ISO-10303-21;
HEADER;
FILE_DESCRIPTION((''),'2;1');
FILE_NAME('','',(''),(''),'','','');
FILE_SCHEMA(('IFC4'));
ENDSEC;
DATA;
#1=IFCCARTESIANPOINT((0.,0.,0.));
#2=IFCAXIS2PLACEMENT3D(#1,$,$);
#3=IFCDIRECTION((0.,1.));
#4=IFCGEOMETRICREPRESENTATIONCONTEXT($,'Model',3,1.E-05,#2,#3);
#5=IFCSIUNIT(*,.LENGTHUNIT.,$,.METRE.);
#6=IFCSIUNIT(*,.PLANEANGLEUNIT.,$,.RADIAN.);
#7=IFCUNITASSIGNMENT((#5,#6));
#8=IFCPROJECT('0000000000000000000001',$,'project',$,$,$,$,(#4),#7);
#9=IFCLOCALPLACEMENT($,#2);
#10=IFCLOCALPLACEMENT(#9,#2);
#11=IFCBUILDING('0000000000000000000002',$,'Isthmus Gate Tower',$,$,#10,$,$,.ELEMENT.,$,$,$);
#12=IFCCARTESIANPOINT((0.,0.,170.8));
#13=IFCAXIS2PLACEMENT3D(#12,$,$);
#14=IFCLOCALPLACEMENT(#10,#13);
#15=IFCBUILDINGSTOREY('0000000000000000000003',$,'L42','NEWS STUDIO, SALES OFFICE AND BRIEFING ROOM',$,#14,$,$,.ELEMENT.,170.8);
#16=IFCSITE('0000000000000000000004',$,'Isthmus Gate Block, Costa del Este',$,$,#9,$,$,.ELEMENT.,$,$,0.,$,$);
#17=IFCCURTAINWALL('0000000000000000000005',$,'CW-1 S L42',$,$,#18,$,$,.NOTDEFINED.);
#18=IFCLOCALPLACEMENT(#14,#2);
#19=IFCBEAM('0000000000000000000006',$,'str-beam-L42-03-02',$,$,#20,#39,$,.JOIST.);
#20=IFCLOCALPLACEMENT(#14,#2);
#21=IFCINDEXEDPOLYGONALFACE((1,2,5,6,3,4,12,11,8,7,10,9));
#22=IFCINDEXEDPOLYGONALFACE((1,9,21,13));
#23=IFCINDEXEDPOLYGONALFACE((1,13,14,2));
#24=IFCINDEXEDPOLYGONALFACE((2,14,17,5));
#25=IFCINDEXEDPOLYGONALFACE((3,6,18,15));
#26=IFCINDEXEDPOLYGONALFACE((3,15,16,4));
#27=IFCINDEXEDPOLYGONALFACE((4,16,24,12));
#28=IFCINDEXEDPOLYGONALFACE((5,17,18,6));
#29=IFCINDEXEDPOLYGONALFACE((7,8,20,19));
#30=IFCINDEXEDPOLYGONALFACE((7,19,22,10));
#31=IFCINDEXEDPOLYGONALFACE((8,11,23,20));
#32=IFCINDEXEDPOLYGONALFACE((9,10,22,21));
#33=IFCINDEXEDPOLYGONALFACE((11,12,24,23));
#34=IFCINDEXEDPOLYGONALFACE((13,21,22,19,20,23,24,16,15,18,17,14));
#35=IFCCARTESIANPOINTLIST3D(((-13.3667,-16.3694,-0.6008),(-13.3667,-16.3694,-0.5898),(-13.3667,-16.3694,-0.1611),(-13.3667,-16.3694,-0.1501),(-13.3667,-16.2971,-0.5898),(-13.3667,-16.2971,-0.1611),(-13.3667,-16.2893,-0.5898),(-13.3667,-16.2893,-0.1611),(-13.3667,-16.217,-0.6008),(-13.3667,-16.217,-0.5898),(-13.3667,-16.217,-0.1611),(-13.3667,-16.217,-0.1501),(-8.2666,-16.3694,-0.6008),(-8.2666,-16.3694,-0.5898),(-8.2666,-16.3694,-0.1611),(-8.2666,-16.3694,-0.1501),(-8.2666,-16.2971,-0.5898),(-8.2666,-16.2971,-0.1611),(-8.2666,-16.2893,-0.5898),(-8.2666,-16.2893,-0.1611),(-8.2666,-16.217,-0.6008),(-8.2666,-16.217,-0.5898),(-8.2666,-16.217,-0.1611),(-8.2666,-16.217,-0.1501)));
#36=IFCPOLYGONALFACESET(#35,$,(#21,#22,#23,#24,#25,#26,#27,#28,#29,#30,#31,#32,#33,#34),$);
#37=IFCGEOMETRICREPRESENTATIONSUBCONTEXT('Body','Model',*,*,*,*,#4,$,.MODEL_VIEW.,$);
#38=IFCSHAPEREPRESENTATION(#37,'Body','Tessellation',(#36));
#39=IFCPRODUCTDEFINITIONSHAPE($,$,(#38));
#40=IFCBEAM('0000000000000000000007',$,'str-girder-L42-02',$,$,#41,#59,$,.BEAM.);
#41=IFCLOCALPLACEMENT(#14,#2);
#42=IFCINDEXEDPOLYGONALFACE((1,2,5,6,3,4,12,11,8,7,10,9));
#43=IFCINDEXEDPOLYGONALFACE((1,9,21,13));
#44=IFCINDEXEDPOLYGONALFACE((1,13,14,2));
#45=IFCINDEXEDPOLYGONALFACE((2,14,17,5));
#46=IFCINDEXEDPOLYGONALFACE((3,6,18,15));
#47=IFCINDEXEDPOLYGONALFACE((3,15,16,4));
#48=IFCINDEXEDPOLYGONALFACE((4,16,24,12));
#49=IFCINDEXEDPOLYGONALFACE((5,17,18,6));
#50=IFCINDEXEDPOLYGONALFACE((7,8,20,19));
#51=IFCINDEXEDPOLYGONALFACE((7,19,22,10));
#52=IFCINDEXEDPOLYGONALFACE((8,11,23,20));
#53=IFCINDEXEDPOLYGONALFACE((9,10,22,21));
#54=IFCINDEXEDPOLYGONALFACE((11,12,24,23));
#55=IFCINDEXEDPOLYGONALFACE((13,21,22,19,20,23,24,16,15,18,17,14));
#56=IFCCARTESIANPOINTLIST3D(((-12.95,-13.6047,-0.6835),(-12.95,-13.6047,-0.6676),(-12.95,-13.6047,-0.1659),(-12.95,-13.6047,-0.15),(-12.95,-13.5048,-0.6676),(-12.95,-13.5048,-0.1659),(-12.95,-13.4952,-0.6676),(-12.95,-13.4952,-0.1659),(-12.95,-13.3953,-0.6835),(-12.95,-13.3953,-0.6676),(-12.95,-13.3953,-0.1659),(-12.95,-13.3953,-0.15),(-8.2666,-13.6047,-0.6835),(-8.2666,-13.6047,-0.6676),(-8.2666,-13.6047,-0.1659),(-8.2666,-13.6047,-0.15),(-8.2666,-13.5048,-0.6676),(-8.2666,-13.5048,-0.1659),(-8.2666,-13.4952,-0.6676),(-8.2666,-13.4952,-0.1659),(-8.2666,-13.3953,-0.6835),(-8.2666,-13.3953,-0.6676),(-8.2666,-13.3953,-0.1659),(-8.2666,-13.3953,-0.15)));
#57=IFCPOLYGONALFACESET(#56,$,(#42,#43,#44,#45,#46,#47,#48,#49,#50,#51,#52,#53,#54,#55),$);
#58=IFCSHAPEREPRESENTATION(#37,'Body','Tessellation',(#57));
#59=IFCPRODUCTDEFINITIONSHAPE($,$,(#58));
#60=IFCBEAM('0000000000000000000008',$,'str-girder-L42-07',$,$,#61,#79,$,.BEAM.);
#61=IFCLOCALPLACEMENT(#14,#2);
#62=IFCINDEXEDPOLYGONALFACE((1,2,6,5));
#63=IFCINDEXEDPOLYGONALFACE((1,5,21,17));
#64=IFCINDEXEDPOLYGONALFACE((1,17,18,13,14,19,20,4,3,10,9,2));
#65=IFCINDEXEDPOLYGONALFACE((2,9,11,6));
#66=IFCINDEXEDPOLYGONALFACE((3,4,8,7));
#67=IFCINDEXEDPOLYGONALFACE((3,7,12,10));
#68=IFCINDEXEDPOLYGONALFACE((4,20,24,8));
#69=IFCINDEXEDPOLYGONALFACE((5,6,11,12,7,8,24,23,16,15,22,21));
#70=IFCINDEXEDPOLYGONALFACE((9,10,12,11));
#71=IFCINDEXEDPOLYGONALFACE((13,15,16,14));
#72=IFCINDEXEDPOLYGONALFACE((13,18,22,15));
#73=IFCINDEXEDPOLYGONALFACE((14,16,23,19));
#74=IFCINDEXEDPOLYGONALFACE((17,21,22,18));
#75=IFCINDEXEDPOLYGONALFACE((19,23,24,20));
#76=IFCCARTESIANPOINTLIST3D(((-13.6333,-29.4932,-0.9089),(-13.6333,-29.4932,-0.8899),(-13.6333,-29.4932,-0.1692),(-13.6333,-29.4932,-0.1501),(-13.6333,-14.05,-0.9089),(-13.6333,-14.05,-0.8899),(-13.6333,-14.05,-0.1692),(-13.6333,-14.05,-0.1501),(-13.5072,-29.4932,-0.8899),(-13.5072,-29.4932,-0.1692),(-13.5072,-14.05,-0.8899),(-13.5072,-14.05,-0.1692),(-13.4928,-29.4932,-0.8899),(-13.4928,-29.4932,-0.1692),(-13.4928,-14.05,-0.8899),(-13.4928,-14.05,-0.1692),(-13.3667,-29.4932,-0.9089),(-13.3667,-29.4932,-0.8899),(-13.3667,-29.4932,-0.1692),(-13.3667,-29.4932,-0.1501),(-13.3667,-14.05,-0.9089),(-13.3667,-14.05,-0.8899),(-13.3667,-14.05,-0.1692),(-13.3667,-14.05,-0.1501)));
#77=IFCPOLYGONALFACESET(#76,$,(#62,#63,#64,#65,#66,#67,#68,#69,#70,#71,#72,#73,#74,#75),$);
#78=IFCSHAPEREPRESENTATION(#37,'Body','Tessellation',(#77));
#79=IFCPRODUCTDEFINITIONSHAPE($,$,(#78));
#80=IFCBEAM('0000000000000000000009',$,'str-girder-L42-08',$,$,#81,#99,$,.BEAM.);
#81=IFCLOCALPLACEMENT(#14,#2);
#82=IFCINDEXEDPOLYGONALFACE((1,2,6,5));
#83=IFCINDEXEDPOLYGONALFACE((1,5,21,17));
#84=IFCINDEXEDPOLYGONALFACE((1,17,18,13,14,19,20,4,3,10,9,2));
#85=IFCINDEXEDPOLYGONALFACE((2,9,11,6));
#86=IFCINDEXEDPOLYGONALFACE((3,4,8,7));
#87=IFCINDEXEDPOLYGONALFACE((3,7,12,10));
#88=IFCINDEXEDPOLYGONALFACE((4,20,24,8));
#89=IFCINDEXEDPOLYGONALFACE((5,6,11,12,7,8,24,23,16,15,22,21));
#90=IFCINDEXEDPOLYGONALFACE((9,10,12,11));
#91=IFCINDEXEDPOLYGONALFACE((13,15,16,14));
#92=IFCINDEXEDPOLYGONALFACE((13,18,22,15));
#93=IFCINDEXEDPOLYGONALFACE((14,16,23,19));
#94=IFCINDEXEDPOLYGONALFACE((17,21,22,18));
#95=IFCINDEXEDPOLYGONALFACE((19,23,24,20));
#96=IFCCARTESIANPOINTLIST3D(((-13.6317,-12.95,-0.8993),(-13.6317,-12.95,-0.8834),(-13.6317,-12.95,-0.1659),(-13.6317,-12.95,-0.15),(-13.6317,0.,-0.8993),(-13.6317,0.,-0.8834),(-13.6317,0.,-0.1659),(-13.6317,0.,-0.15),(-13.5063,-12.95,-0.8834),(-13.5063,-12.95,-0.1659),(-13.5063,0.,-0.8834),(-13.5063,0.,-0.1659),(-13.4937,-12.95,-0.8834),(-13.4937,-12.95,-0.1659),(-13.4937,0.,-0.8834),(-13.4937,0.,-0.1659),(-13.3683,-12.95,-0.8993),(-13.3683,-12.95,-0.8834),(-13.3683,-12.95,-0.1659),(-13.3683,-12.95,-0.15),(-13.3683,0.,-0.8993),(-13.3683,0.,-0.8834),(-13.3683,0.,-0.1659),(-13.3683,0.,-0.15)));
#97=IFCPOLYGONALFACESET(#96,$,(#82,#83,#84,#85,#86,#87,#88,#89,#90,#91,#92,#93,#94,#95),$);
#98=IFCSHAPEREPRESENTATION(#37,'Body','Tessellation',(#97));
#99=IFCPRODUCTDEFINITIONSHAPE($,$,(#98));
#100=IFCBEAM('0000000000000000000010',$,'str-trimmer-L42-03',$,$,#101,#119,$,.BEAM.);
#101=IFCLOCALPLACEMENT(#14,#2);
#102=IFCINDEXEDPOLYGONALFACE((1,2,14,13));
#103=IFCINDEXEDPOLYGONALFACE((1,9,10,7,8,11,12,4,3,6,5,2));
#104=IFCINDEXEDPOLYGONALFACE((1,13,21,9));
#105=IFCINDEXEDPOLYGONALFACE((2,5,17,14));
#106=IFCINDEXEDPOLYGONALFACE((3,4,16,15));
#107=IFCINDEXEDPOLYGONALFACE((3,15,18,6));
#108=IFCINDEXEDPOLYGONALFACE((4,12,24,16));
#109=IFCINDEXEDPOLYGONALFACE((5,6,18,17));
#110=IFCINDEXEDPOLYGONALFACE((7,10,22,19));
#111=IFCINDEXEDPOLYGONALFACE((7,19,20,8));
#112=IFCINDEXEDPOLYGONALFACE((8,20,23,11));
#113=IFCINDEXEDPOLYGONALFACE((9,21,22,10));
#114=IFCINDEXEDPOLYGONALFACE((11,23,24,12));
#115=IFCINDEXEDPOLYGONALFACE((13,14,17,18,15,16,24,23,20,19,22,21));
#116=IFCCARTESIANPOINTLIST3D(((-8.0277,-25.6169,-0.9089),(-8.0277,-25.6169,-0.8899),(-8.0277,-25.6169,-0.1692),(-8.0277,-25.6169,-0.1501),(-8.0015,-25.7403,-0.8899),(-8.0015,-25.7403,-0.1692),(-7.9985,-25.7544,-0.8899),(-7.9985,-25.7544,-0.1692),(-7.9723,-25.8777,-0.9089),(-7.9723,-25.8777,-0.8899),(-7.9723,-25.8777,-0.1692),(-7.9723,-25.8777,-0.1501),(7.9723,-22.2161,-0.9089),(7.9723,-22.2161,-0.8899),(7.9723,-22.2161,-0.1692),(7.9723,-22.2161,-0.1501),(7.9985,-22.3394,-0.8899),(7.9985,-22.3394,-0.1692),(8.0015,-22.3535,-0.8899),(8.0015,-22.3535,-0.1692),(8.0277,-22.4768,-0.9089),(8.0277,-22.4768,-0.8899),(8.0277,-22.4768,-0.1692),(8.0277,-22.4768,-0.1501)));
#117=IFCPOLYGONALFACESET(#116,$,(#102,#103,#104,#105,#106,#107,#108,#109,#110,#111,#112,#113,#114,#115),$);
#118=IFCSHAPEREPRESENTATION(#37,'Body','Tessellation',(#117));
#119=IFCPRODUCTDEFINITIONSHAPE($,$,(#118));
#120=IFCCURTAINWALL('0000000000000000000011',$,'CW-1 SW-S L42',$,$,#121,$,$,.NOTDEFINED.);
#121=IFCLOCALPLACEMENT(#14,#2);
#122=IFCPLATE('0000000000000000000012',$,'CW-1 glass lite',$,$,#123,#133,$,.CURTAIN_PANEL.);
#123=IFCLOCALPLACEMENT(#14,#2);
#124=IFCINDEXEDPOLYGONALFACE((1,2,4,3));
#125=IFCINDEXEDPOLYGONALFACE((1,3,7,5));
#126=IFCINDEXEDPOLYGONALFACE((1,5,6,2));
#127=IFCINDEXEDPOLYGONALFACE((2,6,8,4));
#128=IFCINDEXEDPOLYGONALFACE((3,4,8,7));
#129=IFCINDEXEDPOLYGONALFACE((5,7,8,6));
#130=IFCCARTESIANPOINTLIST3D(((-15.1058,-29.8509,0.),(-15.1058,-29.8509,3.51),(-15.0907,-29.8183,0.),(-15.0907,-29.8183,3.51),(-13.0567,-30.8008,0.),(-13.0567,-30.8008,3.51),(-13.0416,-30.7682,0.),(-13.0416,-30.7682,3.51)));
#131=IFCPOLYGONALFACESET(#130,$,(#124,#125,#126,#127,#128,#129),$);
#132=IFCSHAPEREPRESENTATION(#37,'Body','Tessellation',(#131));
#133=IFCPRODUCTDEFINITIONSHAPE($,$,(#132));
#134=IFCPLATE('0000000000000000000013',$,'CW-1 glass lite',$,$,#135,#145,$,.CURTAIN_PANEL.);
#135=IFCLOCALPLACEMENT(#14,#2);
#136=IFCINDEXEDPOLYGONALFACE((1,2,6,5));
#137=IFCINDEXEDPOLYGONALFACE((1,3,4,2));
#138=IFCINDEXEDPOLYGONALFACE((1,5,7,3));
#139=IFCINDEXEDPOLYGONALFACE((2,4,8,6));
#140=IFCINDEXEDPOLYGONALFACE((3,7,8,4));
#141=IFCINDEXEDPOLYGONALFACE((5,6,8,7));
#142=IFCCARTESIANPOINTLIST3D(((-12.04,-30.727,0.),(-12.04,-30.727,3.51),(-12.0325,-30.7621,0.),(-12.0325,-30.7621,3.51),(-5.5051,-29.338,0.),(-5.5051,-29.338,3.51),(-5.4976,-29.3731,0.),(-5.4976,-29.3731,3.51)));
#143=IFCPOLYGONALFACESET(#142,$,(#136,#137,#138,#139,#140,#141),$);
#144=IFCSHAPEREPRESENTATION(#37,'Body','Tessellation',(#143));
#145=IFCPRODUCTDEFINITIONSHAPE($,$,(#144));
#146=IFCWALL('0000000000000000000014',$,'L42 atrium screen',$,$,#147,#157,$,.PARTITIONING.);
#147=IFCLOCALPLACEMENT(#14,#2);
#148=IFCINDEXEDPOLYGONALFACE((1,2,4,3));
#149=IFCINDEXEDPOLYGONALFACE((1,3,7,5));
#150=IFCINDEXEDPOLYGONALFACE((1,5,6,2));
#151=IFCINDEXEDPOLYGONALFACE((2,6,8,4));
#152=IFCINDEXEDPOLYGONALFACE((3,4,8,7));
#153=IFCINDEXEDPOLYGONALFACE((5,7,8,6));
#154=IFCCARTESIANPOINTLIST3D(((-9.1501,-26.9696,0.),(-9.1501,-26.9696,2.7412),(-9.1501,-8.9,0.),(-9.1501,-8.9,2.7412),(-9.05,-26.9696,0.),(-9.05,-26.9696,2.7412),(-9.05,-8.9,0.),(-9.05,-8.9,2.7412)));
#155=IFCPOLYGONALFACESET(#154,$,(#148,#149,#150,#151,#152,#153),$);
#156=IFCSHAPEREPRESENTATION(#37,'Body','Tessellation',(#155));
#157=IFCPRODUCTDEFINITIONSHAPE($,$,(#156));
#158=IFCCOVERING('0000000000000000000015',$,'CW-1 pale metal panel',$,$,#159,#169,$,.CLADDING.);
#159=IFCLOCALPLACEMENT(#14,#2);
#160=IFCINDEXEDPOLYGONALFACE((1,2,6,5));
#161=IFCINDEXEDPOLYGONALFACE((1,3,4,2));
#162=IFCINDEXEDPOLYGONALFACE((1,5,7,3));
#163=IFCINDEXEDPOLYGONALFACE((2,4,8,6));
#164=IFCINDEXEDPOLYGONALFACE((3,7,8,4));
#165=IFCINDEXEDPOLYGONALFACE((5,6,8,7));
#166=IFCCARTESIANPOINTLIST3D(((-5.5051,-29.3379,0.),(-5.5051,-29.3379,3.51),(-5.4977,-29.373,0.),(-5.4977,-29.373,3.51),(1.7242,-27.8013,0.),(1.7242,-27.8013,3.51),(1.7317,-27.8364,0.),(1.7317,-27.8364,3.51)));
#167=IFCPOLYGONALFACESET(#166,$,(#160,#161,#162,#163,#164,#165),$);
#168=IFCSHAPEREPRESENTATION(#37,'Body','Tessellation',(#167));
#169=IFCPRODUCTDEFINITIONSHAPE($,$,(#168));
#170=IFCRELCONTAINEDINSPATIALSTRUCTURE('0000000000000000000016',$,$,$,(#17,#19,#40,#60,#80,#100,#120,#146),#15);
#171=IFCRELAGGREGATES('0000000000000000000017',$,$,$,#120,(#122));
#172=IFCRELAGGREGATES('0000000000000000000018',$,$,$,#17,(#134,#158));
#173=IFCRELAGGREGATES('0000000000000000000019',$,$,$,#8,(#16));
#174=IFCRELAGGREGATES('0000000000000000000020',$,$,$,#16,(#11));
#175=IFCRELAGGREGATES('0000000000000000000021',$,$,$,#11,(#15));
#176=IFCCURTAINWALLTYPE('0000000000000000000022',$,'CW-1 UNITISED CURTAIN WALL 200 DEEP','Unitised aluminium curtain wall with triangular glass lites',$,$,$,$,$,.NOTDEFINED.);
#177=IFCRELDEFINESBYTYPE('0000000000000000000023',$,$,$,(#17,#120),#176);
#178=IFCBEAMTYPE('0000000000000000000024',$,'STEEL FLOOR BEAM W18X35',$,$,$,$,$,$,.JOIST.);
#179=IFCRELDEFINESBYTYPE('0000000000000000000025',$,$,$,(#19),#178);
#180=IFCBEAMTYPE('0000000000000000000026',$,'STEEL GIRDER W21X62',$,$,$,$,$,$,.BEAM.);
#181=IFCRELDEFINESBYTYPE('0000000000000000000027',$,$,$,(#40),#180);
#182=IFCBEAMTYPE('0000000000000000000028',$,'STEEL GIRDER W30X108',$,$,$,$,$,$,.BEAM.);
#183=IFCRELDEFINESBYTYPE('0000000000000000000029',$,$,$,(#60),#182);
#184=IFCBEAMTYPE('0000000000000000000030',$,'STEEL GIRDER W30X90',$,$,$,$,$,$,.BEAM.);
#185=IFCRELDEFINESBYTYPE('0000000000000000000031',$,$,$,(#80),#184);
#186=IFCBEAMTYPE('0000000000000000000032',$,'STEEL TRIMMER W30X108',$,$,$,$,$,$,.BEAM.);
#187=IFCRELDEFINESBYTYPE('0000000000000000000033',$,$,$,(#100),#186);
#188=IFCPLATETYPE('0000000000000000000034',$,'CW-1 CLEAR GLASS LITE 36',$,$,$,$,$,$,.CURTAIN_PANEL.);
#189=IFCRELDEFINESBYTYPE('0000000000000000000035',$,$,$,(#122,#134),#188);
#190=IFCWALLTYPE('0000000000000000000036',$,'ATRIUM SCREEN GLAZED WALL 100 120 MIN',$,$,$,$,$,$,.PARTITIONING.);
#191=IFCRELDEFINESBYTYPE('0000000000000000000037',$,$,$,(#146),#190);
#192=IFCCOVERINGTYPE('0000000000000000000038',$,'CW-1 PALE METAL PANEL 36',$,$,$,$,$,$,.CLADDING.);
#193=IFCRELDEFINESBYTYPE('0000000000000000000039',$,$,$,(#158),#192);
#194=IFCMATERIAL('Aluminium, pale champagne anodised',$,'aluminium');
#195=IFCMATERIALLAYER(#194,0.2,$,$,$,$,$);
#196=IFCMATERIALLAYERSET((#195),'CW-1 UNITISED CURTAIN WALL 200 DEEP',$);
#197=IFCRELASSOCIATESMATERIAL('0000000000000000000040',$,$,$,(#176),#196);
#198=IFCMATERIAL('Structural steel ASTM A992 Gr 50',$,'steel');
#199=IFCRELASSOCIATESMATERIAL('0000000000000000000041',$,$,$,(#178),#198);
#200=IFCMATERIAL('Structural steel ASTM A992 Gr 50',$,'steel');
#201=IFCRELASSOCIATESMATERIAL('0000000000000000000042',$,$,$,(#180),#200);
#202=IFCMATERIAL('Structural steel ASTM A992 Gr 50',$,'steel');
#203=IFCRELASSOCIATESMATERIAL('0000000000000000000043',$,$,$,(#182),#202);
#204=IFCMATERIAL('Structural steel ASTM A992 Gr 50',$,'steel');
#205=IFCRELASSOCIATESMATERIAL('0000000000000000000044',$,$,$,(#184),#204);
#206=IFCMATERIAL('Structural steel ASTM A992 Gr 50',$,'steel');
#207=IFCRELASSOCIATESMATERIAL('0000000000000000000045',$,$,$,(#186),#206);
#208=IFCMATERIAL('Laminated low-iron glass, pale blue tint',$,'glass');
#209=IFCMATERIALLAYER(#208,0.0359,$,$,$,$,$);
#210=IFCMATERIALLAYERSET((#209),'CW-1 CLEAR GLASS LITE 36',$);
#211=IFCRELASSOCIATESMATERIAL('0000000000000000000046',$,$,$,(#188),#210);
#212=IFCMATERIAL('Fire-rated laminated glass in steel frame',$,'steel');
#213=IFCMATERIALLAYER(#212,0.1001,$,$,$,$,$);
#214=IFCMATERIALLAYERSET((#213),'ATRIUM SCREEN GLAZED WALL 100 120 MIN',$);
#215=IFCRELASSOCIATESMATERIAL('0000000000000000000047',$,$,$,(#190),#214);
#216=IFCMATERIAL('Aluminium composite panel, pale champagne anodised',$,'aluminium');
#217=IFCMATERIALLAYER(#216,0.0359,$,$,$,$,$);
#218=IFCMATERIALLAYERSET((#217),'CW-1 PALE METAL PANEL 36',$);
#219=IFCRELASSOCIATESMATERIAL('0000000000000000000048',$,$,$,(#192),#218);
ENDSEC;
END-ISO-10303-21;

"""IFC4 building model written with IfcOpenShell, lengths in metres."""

from ifc_helpers import new_model, si_unit, direction, frame, frame_2d, origin, origin_2d, place, context, subcontext, project, spatial, rectangle, i_section, extrude, material, layer, layer_set, material_profile, profile_set, type_object, element, aggregate, save


model = new_model("IFC4")

# Units and contexts
model_context = context("Model", 3, precision=1e-05, world=origin(), true_north=direction((0.0, 1.0)))
body_context = subcontext(model_context, "Body", "Model", "MODEL_VIEW")
ifc_project = project(units=[si_unit("LENGTHUNIT", "METRE"), si_unit("PLANEANGLEUNIT", "RADIAN")], contexts=[model_context])

# Site, building, storey
site_placement = place(None, origin())
site = spatial("IfcSite", under=ifc_project, at=site_placement, Name="Isthmus Gate Block, Costa del Este", CompositionType="ELEMENT", RefElevation=0.0)
building_placement = place(site_placement, origin())
building = spatial("IfcBuilding", under=site, at=building_placement, Name="Isthmus Gate Tower", CompositionType="ELEMENT")
storey_placement = place(building_placement, frame((0.0, 0.0, 170.8)))
storey = spatial("IfcBuildingStorey", under=building, at=storey_placement, Name="L42", Description="NEWS STUDIO, SALES OFFICE AND BRIEFING ROOM", CompositionType="ELEMENT", Elevation=170.8)

# Curtain wall
ifc_material_1 = material(Name="Aluminium, pale champagne anodised", Category="aluminium")
ifc_layer_1 = layer(ifc_material_1, 0.2)
ifc_layer_set_1 = layer_set([ifc_layer_1], Name="CW-1 UNITISED CURTAIN WALL 200 DEEP")
curtain_wall_type = type_object("IfcCurtainWallType", Name="CW-1 UNITISED CURTAIN WALL 200 DEEP", Description="Unitised aluminium curtain wall with triangular glass lites", PredefinedType="NOTDEFINED", material=ifc_layer_set_1)
curtain_wall_1_placement = place(storey_placement, origin())
curtain_wall_1 = element("IfcCurtainWall", 1, at=curtain_wall_1_placement, inside=storey, type_object=curtain_wall_type, Name="CW-1 S L42", PredefinedType="NOTDEFINED")

# Beams
ifc_material_2 = material(Name="Structural steel ASTM A992 Gr 50", Category="steel")
ifc_material_profile_1 = material_profile(ifc_material_2, i_section(OverallWidth=0.1523, OverallDepth=0.4507, WebThickness=0.0078, FlangeThickness=0.011, at=origin_2d()), Name="W18X35")
ifc_profile_set_1 = profile_set([ifc_material_profile_1], Name="Structural steel ASTM A992 Gr 50")
beam_type_1 = type_object("IfcBeamType", Name="STEEL FLOOR BEAM W18X35", PredefinedType="JOIST", material=ifc_profile_set_1)
for number, where, z_axis, x_axis, name in (
    (2, (-13.3667, -16.2932, -0.3755), (1.0, 0.0, 0.0), (0.0, 1.0, 0.0), "str-beam-L42-03-02"),
):
    element("IfcBeam", number, at=place(storey_placement, frame(where, z_axis=z_axis, x_axis=x_axis)), inside=storey, type_object=beam_type_1, Name=name, PredefinedType="JOIST", context=body_context, shape_type="SweptSolid", body=[
        extrude(i_section(OverallWidth=0.1523, OverallDepth=0.4507, WebThickness=0.0078, FlangeThickness=0.011, at=origin_2d()), origin(), (0.0, 0.0, 1.0), 5.1001),
    ])
ifc_material_3 = material(Name="Structural steel ASTM A992 Gr 50", Category="steel")
ifc_material_profile_2 = material_profile(ifc_material_3, i_section(OverallWidth=0.2095, OverallDepth=0.5334, WebThickness=0.0095, FlangeThickness=0.0159, at=origin_2d()), Name="W21X62")
ifc_profile_set_2 = profile_set([ifc_material_profile_2], Name="Structural steel ASTM A992 Gr 50")
beam_type_2 = type_object("IfcBeamType", Name="STEEL GIRDER W21X62", PredefinedType="BEAM", material=ifc_profile_set_2)
beam_1_placement = place(storey_placement, frame((-12.95, -13.5, -0.4167), z_axis=(1.0, 0.0, 0.0), x_axis=(0.0, 1.0, 0.0)))
element("IfcBeam", 3, at=beam_1_placement, inside=storey, type_object=beam_type_2, Name="str-girder-L42-02", PredefinedType="BEAM", context=body_context, shape_type="SweptSolid", body=[
    extrude(i_section(OverallWidth=0.2095, OverallDepth=0.5334, WebThickness=0.0095, FlangeThickness=0.0159, at=origin_2d()), origin(), (0.0, 0.0, 1.0), 4.6833),
])
ifc_material_4 = material(Name="Structural steel ASTM A992 Gr 50", Category="steel")
ifc_material_profile_3 = material_profile(ifc_material_4, i_section(OverallWidth=0.2666, OverallDepth=0.7588, WebThickness=0.0144, FlangeThickness=0.019, at=origin_2d()), Name="W30X108")
ifc_profile_set_3 = profile_set([ifc_material_profile_3], Name="Structural steel ASTM A992 Gr 50")
beam_type_3 = type_object("IfcBeamType", Name="STEEL GIRDER W30X108", PredefinedType="BEAM", material=ifc_profile_set_3)
beam_2_placement = place(storey_placement, frame((-13.5, -29.4932, -0.5295), z_axis=(0.0, 1.0, 0.0), x_axis=(-1.0, 0.0, 0.0)))
element("IfcBeam", 4, at=beam_2_placement, inside=storey, type_object=beam_type_3, Name="str-girder-L42-07", PredefinedType="BEAM", context=body_context, shape_type="SweptSolid", body=[
    extrude(i_section(OverallWidth=0.2666, OverallDepth=0.7588, WebThickness=0.0144, FlangeThickness=0.019, at=origin_2d()), origin(), (0.0, 0.0, 1.0), 15.4431),
])
ifc_material_5 = material(Name="Structural steel ASTM A992 Gr 50", Category="steel")
ifc_material_profile_4 = material_profile(ifc_material_5, i_section(OverallWidth=0.2634, OverallDepth=0.7493, WebThickness=0.0127, FlangeThickness=0.0159, at=origin_2d()), Name="W30X90")
ifc_profile_set_4 = profile_set([ifc_material_profile_4], Name="Structural steel ASTM A992 Gr 50")
beam_type_4 = type_object("IfcBeamType", Name="STEEL GIRDER W30X90", PredefinedType="BEAM", material=ifc_profile_set_4)
beam_3_placement = place(storey_placement, frame((-13.5, -12.95, -0.5247), z_axis=(0.0, 1.0, 0.0), x_axis=(-1.0, 0.0, 0.0)))
element("IfcBeam", 5, at=beam_3_placement, inside=storey, type_object=beam_type_4, Name="str-girder-L42-08", PredefinedType="BEAM", context=body_context, shape_type="SweptSolid", body=[
    extrude(i_section(OverallWidth=0.2634, OverallDepth=0.7493, WebThickness=0.0127, FlangeThickness=0.0159, at=origin_2d()), origin(), (0.0, 0.0, 1.0), 12.95),
])
ifc_material_6 = material(Name="Structural steel ASTM A992 Gr 50", Category="steel")
ifc_material_profile_5 = material_profile(ifc_material_6, i_section(OverallWidth=0.2666, OverallDepth=0.7588, WebThickness=0.0144, FlangeThickness=0.019, at=origin_2d()), Name="W30X108")
ifc_profile_set_5 = profile_set([ifc_material_profile_5], Name="Structural steel ASTM A992 Gr 50")
beam_type_5 = type_object("IfcBeamType", Name="STEEL TRIMMER W30X108", PredefinedType="BEAM", material=ifc_profile_set_5)
beam_4_placement = place(storey_placement, frame((-8.0, -25.7473, -0.5295), z_axis=(0.978148, 0.20791, 0.0), x_axis=(-0.20791, 0.978148, 0.0)))
element("IfcBeam", 6, at=beam_4_placement, inside=storey, type_object=beam_type_5, Name="str-trimmer-L42-03", PredefinedType="BEAM", context=body_context, shape_type="SweptSolid", body=[
    extrude(i_section(OverallWidth=0.2666, OverallDepth=0.7588, WebThickness=0.0144, FlangeThickness=0.019, at=origin_2d()), origin(), (0.0, 0.0, 1.0), 16.3574),
])

# Curtain wall, plate
curtain_wall_2_placement = place(storey_placement, origin())
curtain_wall_2 = element("IfcCurtainWall", 7, at=curtain_wall_2_placement, inside=storey, type_object=curtain_wall_type, Name="CW-1 SW-S L42", PredefinedType="NOTDEFINED")
ifc_material_7 = material(Name="Laminated low-iron glass, pale blue tint", Category="glass")
ifc_layer_2 = layer(ifc_material_7, 0.0359)
ifc_layer_set_2 = layer_set([ifc_layer_2], Name="CW-1 CLEAR GLASS LITE 36")
plate_type = type_object("IfcPlateType", Name="CW-1 CLEAR GLASS LITE 36", PredefinedType="CURTAIN_PANEL", material=ifc_layer_set_2)
plate_1_placement = place(storey_placement, frame((-14.0737, -30.3096, 0.0), z_axis=(0.0, 0.0, 1.0), x_axis=(0.907256, -0.420578, 0.0)))
plate_1 = element("IfcPlate", 8, at=plate_1_placement, type_object=plate_type, Name="CW-1 glass lite", PredefinedType="CURTAIN_PANEL", context=body_context, shape_type="SweptSolid", body=[
    extrude(rectangle(XDim=2.2585, YDim=0.0359, at=origin_2d()), origin(), (0.0, 0.0, 1.0), 3.51),
])
aggregate(curtain_wall_2, [plate_1])

# Plate
plate_2_placement = place(storey_placement, frame((-8.7688, -30.05, 0.0), z_axis=(0.0, 0.0, 1.0), x_axis=(0.978148, 0.207912, 0.0)))
plate_2 = element("IfcPlate", 9, at=plate_2_placement, type_object=plate_type, Name="CW-1 glass lite", PredefinedType="CURTAIN_PANEL", context=body_context, shape_type="SweptSolid", body=[
    extrude(rectangle(XDim=6.6809, YDim=0.0359, at=origin_2d()), origin(), (0.0, 0.0, 1.0), 3.51),
])

# Wall
ifc_material_8 = material(Name="Fire-rated laminated glass in steel frame", Category="steel")
ifc_layer_3 = layer(ifc_material_8, 0.1001)
ifc_layer_set_3 = layer_set([ifc_layer_3], Name="ATRIUM SCREEN GLAZED WALL 100 120 MIN")
wall_type = type_object("IfcWallType", Name="ATRIUM SCREEN GLAZED WALL 100 120 MIN", PredefinedType="PARTITIONING", material=ifc_layer_set_3)
wall_placement = place(storey_placement, frame((-9.1001, -26.9695, 0.0), z_axis=(0.0, 0.0, 1.0), x_axis=(0.0, 1.0, 0.0)))
element("IfcWall", 10, at=wall_placement, inside=storey, type_object=wall_type, Name="L42 atrium screen", PredefinedType="PARTITIONING", context=body_context, shape_type="SweptSolid", body=[
    extrude(rectangle(XDim=18.0696, YDim=0.1001, at=frame_2d((9.0347, 0.0))), origin(), (0.0, 0.0, 1.0), 2.7412),
])

# Covering
ifc_material_9 = material(Name="Aluminium composite panel, pale champagne anodised", Category="aluminium")
ifc_layer_4 = layer(ifc_material_9, 0.0359)
ifc_layer_set_4 = layer_set([ifc_layer_4], Name="CW-1 PALE METAL PANEL 36")
covering_type = type_object("IfcCoveringType", Name="CW-1 PALE METAL PANEL 36", PredefinedType="CLADDING", material=ifc_layer_set_4)
covering_placement = place(storey_placement, frame((-1.8867, -28.5872, 0.0), z_axis=(0.0, 0.0, 1.0), x_axis=(0.978148, 0.207912, 0.0)))
covering = element("IfcCovering", 11, at=covering_placement, type_object=covering_type, Name="CW-1 pale metal panel", PredefinedType="CLADDING", context=body_context, shape_type="SweptSolid", body=[
    extrude(rectangle(XDim=7.3909, YDim=0.0359, at=origin_2d()), origin(), (0.0, 0.0, 1.0), 3.51),
])
aggregate(curtain_wall_1, [plate_2, covering])

save(model, "model.ifc")
